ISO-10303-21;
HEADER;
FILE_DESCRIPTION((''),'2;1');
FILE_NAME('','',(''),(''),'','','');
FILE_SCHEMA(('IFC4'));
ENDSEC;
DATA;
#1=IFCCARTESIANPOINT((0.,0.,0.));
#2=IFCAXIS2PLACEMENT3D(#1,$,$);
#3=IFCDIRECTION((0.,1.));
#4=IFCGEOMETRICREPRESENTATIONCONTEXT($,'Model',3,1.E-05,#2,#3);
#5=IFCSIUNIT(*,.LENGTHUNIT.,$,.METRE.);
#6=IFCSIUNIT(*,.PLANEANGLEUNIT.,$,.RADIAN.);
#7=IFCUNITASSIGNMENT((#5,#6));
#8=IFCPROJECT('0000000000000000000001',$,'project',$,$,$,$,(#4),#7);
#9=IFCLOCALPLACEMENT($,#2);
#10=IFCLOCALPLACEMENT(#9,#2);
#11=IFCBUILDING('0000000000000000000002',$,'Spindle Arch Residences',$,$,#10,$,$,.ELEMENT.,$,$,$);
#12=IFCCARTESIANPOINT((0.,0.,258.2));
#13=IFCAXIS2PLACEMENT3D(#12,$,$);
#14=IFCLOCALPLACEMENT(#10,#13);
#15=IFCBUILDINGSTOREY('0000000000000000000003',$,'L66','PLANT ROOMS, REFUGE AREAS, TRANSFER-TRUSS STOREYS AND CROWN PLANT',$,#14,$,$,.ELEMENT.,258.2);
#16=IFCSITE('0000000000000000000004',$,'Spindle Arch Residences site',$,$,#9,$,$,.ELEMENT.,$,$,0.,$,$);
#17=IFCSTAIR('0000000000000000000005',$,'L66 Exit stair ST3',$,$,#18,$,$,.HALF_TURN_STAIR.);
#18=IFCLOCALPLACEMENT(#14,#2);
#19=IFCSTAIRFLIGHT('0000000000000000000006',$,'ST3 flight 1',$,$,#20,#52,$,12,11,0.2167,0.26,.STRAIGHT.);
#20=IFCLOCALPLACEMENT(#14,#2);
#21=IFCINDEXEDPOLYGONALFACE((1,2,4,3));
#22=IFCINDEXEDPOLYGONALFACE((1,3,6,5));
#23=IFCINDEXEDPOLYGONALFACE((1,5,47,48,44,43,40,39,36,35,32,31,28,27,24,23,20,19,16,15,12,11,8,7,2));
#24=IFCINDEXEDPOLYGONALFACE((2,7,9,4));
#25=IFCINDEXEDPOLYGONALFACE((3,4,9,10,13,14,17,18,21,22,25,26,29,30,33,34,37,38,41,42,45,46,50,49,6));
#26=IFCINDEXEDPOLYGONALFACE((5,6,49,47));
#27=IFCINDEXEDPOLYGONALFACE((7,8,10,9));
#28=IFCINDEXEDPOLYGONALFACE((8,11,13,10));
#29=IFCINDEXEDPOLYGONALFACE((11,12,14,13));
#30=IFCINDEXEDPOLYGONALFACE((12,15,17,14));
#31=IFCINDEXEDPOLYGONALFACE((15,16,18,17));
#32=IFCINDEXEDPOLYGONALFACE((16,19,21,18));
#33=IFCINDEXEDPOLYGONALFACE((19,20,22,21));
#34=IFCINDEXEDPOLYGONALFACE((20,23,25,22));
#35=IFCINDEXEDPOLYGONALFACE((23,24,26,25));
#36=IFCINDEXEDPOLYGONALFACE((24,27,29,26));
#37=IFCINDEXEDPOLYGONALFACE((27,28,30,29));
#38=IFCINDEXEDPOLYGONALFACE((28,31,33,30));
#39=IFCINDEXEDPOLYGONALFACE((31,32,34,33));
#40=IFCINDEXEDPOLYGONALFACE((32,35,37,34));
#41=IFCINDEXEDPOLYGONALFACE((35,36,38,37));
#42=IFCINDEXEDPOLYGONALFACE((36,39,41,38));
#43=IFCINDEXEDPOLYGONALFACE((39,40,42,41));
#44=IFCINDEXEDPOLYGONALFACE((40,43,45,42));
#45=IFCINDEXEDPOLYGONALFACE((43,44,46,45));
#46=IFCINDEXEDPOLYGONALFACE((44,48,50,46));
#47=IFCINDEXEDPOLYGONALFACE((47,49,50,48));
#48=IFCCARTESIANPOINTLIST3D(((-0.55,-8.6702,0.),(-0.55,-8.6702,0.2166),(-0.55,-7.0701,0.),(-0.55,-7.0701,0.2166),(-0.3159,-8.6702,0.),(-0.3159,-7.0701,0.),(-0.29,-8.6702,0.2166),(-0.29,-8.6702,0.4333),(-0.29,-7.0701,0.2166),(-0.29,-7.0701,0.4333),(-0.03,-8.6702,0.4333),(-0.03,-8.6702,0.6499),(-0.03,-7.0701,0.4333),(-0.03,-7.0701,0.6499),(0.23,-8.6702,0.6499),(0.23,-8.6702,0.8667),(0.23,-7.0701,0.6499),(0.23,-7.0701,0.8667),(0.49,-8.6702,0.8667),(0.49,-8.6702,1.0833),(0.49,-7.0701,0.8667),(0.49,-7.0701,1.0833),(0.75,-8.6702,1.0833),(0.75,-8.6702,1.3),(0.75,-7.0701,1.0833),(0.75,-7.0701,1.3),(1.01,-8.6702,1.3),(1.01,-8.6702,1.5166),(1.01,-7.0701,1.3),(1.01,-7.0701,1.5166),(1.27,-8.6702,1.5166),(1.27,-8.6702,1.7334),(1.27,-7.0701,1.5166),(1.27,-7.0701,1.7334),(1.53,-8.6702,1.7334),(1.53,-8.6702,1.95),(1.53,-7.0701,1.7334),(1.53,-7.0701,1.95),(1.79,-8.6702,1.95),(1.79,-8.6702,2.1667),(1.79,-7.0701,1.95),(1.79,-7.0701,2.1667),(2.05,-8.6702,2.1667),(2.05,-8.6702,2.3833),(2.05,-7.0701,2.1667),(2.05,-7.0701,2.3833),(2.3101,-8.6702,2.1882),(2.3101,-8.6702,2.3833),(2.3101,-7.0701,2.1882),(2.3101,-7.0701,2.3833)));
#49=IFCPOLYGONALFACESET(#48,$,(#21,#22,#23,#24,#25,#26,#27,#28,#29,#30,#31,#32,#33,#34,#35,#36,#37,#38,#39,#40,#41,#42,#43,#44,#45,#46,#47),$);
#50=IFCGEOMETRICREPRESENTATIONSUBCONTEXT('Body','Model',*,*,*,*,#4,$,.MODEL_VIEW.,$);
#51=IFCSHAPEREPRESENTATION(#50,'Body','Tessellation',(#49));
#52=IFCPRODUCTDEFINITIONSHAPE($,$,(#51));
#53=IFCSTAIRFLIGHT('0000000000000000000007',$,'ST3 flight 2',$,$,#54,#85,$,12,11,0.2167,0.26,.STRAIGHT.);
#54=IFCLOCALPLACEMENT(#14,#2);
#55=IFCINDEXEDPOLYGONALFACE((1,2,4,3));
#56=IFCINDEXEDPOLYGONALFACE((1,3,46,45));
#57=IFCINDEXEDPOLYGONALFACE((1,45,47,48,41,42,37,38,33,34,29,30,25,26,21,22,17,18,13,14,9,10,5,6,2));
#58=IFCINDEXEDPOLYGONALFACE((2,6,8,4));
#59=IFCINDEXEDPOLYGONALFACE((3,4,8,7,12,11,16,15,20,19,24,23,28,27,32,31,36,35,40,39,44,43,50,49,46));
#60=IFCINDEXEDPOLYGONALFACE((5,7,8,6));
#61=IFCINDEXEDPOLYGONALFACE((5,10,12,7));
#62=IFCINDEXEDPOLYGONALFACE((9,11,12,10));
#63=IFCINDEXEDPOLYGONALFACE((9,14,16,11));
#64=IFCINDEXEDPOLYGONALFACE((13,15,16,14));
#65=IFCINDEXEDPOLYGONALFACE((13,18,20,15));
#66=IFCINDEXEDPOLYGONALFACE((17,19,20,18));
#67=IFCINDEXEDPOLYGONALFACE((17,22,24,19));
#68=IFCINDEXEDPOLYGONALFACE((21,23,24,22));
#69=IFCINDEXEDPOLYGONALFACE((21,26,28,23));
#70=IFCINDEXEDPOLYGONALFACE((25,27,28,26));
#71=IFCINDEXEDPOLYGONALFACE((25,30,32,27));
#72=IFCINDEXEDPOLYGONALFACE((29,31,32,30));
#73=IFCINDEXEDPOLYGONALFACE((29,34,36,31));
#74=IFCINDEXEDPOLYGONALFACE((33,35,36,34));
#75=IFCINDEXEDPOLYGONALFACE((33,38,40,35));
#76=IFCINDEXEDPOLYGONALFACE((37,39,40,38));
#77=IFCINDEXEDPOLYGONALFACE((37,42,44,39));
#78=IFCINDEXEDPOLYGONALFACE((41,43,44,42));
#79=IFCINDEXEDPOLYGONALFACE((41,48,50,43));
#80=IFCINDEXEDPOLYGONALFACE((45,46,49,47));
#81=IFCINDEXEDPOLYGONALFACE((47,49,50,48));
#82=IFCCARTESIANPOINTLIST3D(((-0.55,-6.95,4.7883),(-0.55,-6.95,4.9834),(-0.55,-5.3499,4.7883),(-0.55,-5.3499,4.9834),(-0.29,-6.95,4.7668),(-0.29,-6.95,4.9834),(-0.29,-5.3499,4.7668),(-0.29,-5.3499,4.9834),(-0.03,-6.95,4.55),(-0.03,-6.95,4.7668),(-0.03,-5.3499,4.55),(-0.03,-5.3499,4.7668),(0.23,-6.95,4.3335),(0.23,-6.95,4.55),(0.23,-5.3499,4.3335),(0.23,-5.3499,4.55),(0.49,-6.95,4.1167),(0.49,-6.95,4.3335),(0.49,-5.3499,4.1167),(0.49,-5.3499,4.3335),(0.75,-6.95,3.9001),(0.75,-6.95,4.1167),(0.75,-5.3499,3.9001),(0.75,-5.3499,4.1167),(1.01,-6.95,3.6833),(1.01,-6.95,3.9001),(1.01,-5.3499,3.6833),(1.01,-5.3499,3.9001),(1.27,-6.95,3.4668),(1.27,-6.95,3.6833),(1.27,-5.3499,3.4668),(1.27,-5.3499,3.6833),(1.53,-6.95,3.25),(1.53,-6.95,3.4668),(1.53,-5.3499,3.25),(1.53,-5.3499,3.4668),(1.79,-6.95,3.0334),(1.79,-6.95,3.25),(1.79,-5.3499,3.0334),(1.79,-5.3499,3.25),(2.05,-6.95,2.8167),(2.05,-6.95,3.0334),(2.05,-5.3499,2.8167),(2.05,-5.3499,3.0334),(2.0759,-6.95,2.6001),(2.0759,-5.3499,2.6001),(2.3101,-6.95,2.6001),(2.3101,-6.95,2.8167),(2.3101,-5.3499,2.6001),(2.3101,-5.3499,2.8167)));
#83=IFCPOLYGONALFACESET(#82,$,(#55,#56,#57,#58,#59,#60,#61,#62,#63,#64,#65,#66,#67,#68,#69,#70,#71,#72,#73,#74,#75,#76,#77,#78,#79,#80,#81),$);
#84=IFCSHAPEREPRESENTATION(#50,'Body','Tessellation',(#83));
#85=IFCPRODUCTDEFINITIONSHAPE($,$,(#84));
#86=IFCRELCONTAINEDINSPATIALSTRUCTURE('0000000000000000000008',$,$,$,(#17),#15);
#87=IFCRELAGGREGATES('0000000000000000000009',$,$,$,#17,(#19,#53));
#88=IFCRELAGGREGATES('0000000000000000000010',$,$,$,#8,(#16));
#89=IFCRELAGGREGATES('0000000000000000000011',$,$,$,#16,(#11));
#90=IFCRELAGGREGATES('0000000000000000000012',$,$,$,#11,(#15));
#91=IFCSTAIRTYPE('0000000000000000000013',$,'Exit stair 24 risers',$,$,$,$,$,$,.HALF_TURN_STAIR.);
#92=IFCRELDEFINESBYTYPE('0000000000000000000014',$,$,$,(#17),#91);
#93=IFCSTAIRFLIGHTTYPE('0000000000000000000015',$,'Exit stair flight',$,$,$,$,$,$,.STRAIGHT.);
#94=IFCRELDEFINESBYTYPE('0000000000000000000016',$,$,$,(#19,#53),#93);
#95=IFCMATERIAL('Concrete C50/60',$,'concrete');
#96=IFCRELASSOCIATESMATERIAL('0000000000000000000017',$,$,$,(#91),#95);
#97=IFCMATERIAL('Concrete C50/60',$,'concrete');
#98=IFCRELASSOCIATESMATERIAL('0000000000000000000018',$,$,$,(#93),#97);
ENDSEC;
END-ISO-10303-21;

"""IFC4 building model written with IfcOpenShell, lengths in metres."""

from ifc_helpers import new_model, si_unit, direction, frame, origin, place, context, subcontext, project, spatial, polyline, outline, extrude, material, type_object, element, aggregate, save


model = new_model("IFC4")

# Units and contexts
model_context = context("Model", 3, precision=1e-05, world=origin(), true_north=direction((0.0, 1.0)))
body_context = subcontext(model_context, "Body", "Model", "MODEL_VIEW")
ifc_project = project(units=[si_unit("LENGTHUNIT", "METRE"), si_unit("PLANEANGLEUNIT", "RADIAN")], contexts=[model_context])

# Site, building, storey
site_placement = place(None, origin())
site = spatial("IfcSite", under=ifc_project, at=site_placement, Name="Spindle Arch Residences site", CompositionType="ELEMENT", RefElevation=0.0)
building_placement = place(site_placement, origin())
building = spatial("IfcBuilding", under=site, at=building_placement, Name="Spindle Arch Residences", CompositionType="ELEMENT")
storey_placement = place(building_placement, frame((0.0, 0.0, 258.2)))
storey = spatial("IfcBuildingStorey", under=building, at=storey_placement, Name="L66", Description="PLANT ROOMS, REFUGE AREAS, TRANSFER-TRUSS STOREYS AND CROWN PLANT", CompositionType="ELEMENT", Elevation=258.2)

# Stair
ifc_material_1 = material(Name="Concrete C50/60", Category="concrete")
stair_type = type_object("IfcStairType", Name="Exit stair 24 risers", PredefinedType="HALF_TURN_STAIR", material=ifc_material_1)
stair_1_placement = place(storey_placement, origin())
stair_1 = element("IfcStair", 1, at=stair_1_placement, inside=storey, type_object=stair_type, Name="L66 Exit stair ST3", PredefinedType="HALF_TURN_STAIR")

# Stair flights
ifc_material_2 = material(Name="Concrete C50/60", Category="concrete")
stair_flight_type = type_object("IfcStairFlightType", Name="Exit stair flight", PredefinedType="STRAIGHT", material=ifc_material_2)
stair_flight_1_placement = place(storey_placement, frame((-0.55, -7.8701, 0.0), z_axis=(0.0, 0.0, 1.0), x_axis=(1.0, 0.0, 0.0)))
stair_flight_1 = element("IfcStairFlight", 2, at=stair_flight_1_placement, type_object=stair_flight_type, Name="ST3 flight 1", NumberOfRisers=12, NumberOfTreads=11, PredefinedType="STRAIGHT", RiserHeight=0.2167, TreadLength=0.26, context=body_context, shape_type="SweptSolid", body=[
    extrude(outline(polyline([(0.0, 0.0), (0.0, 0.2166), (0.26, 0.2166), (0.26, 0.4333), (0.52, 0.4333), (0.52, 0.6499), (0.78, 0.6499), (0.78, 0.8667), (1.04, 0.8667), (1.04, 1.0833), (1.3, 1.0833), (1.3, 1.3), (1.5601, 1.3), (1.5601, 1.5166), (1.8201, 1.5166), (1.8201, 1.7334), (2.0801, 1.7334), (2.0801, 1.95), (2.3401, 1.95), (2.3401, 2.1667), (2.6001, 2.1667), (2.6001, 2.3833), (2.8601, 2.3833), (2.8601, 2.6001), (2.8601, 2.1882), (0.2341, 0.0), (0.0, 0.0)])), frame((0.0, 0.8, 0.0), z_axis=(0.0, -1.0, 0.0), x_axis=(1.0, 0.0, 0.0)), (0.0, 0.0, 1.0), 1.6001),
])
stair_flight_2_placement = place(storey_placement, frame((2.3101, -6.1499, 2.6001), z_axis=(0.0, 0.0, 1.0), x_axis=(-1.0, 0.0, 0.0)))
stair_flight_2 = element("IfcStairFlight", 3, at=stair_flight_2_placement, type_object=stair_flight_type, Name="ST3 flight 2", NumberOfRisers=12, NumberOfTreads=11, PredefinedType="STRAIGHT", RiserHeight=0.2167, TreadLength=0.26, context=body_context, shape_type="SweptSolid", body=[
    extrude(outline(polyline([(0.0, 0.0), (0.0, 0.2166), (0.26, 0.2166), (0.26, 0.4333), (0.52, 0.4333), (0.52, 0.6499), (0.78, 0.6499), (0.78, 0.8667), (1.04, 0.8667), (1.04, 1.0833), (1.3, 1.0833), (1.3, 1.3), (1.5601, 1.3), (1.5601, 1.5166), (1.8201, 1.5166), (1.8201, 1.7334), (2.0801, 1.7334), (2.0801, 1.95), (2.3401, 1.95), (2.3401, 2.1667), (2.6001, 2.1667), (2.6001, 2.3833), (2.8601, 2.3833), (2.8601, 2.6001), (2.8601, 2.1882), (0.2341, 0.0), (0.0, 0.0)])), frame((0.0, 0.8, 0.0), z_axis=(0.0, -1.0, 0.0), x_axis=(1.0, 0.0, 0.0)), (0.0, 0.0, 1.0), 1.6001),
])
aggregate(stair_1, [stair_flight_1, stair_flight_2])

save(model, "model.ifc")
